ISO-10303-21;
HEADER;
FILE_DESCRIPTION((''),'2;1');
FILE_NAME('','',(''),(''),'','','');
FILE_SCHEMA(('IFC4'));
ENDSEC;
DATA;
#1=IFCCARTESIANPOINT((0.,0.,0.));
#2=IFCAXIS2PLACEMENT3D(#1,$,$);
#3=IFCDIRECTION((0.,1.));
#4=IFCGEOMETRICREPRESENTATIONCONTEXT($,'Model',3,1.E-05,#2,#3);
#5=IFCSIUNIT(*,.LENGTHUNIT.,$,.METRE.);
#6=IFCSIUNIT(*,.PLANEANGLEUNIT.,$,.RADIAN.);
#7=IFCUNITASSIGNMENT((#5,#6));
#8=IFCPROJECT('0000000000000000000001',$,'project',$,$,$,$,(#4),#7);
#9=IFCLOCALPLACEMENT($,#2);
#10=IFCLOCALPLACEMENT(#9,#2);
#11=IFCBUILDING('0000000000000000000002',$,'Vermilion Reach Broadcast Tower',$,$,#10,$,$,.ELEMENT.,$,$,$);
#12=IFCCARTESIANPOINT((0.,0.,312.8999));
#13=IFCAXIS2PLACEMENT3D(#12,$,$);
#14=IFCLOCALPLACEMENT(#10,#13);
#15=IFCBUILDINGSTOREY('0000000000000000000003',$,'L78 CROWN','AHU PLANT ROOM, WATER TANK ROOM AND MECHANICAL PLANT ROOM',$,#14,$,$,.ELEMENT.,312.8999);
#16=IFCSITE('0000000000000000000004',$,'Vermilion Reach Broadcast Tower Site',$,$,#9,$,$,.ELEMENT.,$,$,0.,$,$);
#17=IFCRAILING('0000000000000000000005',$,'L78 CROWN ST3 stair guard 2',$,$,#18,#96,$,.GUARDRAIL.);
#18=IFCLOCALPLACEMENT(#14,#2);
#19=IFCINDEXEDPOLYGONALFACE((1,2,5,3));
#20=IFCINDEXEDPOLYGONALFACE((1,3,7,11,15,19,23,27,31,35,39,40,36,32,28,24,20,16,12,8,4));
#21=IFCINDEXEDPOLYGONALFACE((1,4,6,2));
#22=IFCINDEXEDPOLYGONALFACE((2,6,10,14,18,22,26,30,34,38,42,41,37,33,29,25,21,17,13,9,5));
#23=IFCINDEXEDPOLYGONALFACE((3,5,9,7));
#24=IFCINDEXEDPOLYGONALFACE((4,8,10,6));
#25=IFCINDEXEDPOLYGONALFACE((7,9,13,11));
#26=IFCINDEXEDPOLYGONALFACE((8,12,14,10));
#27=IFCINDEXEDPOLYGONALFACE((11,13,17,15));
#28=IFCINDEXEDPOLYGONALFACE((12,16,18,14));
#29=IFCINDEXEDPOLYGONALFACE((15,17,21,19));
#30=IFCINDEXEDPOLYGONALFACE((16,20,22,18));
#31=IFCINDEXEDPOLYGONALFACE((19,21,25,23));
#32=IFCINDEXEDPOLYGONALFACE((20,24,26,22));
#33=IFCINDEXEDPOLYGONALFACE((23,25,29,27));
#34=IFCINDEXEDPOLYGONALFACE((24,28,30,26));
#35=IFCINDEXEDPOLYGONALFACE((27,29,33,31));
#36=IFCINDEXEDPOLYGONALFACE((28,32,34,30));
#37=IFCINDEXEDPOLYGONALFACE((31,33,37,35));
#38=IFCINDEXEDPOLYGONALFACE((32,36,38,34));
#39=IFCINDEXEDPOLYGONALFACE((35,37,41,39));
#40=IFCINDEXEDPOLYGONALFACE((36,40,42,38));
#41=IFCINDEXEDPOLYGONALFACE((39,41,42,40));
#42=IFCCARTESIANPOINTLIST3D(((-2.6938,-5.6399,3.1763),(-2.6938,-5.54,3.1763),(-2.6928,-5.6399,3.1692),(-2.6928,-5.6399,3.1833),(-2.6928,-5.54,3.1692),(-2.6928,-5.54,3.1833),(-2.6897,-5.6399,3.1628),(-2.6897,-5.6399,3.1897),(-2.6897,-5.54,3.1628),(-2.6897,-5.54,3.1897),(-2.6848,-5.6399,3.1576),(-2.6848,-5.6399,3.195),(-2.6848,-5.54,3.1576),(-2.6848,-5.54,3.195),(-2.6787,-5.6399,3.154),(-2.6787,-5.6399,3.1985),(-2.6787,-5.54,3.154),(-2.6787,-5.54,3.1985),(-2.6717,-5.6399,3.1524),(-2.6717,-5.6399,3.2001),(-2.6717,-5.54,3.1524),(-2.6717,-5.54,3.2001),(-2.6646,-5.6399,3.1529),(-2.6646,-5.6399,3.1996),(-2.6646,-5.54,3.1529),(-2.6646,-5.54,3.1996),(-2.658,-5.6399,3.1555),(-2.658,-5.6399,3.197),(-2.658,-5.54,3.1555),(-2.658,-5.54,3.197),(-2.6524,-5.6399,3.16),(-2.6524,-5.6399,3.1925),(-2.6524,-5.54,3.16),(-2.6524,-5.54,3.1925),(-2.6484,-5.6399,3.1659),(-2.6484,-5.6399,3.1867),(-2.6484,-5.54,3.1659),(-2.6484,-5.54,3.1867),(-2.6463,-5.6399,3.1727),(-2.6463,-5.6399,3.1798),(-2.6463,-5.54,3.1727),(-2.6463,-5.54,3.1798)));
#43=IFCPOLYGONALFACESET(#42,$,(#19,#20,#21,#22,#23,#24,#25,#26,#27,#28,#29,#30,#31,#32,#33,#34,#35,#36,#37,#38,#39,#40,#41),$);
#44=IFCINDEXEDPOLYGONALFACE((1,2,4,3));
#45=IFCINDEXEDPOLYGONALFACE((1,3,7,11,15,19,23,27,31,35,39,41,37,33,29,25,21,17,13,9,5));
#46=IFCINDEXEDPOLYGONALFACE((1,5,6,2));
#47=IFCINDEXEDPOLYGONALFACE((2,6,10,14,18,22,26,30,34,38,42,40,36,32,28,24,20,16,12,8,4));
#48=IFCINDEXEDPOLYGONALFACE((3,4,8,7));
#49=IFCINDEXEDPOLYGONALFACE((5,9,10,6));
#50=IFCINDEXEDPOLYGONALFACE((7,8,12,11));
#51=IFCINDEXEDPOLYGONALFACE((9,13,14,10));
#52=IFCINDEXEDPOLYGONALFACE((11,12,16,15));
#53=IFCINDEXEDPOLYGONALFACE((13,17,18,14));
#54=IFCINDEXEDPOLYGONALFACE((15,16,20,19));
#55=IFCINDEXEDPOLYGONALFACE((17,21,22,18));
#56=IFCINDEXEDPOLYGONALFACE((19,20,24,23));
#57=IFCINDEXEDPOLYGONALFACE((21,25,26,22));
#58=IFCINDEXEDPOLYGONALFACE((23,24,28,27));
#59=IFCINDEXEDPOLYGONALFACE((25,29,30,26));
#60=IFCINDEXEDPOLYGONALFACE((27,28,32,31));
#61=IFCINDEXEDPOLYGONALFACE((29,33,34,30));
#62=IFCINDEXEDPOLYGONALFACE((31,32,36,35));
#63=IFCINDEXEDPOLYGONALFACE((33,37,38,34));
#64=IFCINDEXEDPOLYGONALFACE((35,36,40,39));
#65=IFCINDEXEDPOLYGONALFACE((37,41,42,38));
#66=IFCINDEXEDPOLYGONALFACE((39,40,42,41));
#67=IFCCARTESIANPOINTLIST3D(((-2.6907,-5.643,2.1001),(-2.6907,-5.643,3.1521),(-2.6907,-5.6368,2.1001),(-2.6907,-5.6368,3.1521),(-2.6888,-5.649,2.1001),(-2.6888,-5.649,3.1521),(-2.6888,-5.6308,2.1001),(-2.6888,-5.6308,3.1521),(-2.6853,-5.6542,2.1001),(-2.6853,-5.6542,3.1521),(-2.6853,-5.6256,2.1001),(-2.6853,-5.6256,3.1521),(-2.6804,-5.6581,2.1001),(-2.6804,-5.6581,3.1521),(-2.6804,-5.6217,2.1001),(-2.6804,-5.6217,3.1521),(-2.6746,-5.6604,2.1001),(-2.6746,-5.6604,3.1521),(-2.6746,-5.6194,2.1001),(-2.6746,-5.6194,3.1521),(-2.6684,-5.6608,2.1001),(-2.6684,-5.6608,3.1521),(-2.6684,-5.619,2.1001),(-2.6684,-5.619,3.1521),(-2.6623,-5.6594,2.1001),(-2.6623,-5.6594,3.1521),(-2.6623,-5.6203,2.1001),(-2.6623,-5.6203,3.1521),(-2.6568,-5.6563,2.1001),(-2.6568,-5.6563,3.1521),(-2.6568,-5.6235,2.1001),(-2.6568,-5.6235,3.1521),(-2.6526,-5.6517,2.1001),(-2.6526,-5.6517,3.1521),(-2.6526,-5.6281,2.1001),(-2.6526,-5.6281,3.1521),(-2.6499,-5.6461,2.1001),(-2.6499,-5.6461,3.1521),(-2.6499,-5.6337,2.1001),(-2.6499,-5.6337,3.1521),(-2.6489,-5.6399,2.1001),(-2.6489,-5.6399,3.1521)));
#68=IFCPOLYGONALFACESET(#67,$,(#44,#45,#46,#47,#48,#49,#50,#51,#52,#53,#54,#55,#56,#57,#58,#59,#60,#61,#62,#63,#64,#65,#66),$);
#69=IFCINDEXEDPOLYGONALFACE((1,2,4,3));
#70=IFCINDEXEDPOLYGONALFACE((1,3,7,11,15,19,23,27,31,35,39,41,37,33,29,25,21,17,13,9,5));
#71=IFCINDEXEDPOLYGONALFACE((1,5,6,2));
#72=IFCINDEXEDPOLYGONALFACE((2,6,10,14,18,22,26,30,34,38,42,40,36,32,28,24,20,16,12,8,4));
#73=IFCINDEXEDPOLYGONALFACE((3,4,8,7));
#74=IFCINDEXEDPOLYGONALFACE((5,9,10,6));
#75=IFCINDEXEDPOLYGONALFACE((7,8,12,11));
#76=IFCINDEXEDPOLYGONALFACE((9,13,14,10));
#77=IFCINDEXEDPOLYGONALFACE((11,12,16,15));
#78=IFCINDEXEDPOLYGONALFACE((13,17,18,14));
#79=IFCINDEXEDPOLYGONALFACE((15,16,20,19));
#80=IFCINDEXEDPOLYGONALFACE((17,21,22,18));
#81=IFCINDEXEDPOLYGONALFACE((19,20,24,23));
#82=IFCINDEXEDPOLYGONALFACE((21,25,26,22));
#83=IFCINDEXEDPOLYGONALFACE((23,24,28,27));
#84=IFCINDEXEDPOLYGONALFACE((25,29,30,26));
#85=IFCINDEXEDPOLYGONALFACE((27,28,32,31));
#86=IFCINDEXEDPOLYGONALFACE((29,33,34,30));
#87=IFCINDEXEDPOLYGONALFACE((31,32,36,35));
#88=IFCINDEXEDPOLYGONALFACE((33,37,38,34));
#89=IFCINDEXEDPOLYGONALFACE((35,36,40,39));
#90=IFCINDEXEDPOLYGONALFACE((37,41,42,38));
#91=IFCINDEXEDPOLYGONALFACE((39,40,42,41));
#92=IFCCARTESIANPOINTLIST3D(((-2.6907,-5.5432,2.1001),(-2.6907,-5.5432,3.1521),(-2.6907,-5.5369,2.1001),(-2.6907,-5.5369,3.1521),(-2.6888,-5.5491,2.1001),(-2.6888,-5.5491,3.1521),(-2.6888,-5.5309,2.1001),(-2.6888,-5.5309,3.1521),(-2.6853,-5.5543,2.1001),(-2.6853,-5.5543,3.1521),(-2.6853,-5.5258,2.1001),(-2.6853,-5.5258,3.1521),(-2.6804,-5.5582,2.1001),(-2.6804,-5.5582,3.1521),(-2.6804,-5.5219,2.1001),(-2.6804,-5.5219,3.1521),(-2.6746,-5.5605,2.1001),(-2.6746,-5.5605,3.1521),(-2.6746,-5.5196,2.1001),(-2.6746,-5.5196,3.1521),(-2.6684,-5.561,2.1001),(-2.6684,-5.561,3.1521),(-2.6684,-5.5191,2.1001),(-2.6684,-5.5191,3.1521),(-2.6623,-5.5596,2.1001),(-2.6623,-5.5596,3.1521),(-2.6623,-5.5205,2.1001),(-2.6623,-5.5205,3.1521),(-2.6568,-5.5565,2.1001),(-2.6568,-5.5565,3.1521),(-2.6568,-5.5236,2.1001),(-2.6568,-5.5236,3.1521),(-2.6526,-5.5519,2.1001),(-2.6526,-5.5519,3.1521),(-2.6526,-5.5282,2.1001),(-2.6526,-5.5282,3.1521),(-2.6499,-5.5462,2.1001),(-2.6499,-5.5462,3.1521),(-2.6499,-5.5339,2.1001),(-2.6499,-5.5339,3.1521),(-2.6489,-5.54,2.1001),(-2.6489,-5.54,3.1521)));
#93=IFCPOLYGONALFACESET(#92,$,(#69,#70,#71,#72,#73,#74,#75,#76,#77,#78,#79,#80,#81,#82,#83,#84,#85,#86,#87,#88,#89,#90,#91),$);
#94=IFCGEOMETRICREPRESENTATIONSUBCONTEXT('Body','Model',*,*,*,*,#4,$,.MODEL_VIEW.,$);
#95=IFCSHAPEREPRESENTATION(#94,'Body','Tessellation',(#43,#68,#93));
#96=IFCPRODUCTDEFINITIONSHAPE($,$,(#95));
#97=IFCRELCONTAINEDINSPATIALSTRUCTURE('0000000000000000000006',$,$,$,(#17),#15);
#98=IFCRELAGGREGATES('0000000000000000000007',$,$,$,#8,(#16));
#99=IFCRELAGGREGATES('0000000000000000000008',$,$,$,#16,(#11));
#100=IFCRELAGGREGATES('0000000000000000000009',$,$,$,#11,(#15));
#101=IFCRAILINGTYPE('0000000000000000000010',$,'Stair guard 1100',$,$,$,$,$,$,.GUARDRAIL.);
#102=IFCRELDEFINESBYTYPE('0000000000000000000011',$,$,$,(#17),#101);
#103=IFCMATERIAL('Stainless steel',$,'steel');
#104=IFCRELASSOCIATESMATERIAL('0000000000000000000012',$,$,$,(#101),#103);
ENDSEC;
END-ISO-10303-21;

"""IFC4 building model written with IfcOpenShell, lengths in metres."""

from ifc_helpers import new_model, si_unit, direction, frame, origin, origin_2d, place, context, subcontext, project, spatial, circle, extrude, material, type_object, element, save


model = new_model("IFC4")

# Units and contexts
model_context = context("Model", 3, precision=1e-05, world=origin(), true_north=direction((0.0, 1.0)))
body_context = subcontext(model_context, "Body", "Model", "MODEL_VIEW")
ifc_project = project(units=[si_unit("LENGTHUNIT", "METRE"), si_unit("PLANEANGLEUNIT", "RADIAN")], contexts=[model_context])

# Site, building, storey
site_placement = place(None, origin())
site = spatial("IfcSite", under=ifc_project, at=site_placement, Name="Vermilion Reach Broadcast Tower Site", CompositionType="ELEMENT", RefElevation=0.0)
building_placement = place(site_placement, origin())
building = spatial("IfcBuilding", under=site, at=building_placement, Name="Vermilion Reach Broadcast Tower", CompositionType="ELEMENT")
storey_placement = place(building_placement, frame((0.0, 0.0, 312.8999)))
storey = spatial("IfcBuildingStorey", under=building, at=storey_placement, Name="L78 CROWN", Description="AHU PLANT ROOM, WATER TANK ROOM AND MECHANICAL PLANT ROOM", CompositionType="ELEMENT", Elevation=312.8999)

# Railing
ifc_material_1 = material(Name="Stainless steel", Category="steel")
railing_type_1 = type_object("IfcRailingType", Name="Stair guard 1100", PredefinedType="GUARDRAIL", material=ifc_material_1)
railing_1_placement = place(storey_placement, frame((-2.6699, -5.6399, 2.1001)))
element("IfcRailing", 1, at=railing_1_placement, inside=storey, type_object=railing_type_1, Name="L78 CROWN ST3 stair guard 2", PredefinedType="GUARDRAIL", context=body_context, shape_type="SweptSolid", body=[
    extrude(circle(Radius=0.0239, at=origin_2d()), frame((0.0, 0.0, 1.0762), z_axis=(0.0, 1.0, 0.0), x_axis=(-1.0, 0.0, 0.0)), (0.0, 0.0, 1.0), 0.0999),
    extrude(circle(Radius=0.021, at=origin_2d()), origin(), (0.0, 0.0, 1.0), 1.052),
    extrude(circle(Radius=0.021, at=origin_2d()), frame((0.0, 0.0999, 0.0)), (0.0, 0.0, 1.0), 1.052),
])

save(model, "model.ifc")
